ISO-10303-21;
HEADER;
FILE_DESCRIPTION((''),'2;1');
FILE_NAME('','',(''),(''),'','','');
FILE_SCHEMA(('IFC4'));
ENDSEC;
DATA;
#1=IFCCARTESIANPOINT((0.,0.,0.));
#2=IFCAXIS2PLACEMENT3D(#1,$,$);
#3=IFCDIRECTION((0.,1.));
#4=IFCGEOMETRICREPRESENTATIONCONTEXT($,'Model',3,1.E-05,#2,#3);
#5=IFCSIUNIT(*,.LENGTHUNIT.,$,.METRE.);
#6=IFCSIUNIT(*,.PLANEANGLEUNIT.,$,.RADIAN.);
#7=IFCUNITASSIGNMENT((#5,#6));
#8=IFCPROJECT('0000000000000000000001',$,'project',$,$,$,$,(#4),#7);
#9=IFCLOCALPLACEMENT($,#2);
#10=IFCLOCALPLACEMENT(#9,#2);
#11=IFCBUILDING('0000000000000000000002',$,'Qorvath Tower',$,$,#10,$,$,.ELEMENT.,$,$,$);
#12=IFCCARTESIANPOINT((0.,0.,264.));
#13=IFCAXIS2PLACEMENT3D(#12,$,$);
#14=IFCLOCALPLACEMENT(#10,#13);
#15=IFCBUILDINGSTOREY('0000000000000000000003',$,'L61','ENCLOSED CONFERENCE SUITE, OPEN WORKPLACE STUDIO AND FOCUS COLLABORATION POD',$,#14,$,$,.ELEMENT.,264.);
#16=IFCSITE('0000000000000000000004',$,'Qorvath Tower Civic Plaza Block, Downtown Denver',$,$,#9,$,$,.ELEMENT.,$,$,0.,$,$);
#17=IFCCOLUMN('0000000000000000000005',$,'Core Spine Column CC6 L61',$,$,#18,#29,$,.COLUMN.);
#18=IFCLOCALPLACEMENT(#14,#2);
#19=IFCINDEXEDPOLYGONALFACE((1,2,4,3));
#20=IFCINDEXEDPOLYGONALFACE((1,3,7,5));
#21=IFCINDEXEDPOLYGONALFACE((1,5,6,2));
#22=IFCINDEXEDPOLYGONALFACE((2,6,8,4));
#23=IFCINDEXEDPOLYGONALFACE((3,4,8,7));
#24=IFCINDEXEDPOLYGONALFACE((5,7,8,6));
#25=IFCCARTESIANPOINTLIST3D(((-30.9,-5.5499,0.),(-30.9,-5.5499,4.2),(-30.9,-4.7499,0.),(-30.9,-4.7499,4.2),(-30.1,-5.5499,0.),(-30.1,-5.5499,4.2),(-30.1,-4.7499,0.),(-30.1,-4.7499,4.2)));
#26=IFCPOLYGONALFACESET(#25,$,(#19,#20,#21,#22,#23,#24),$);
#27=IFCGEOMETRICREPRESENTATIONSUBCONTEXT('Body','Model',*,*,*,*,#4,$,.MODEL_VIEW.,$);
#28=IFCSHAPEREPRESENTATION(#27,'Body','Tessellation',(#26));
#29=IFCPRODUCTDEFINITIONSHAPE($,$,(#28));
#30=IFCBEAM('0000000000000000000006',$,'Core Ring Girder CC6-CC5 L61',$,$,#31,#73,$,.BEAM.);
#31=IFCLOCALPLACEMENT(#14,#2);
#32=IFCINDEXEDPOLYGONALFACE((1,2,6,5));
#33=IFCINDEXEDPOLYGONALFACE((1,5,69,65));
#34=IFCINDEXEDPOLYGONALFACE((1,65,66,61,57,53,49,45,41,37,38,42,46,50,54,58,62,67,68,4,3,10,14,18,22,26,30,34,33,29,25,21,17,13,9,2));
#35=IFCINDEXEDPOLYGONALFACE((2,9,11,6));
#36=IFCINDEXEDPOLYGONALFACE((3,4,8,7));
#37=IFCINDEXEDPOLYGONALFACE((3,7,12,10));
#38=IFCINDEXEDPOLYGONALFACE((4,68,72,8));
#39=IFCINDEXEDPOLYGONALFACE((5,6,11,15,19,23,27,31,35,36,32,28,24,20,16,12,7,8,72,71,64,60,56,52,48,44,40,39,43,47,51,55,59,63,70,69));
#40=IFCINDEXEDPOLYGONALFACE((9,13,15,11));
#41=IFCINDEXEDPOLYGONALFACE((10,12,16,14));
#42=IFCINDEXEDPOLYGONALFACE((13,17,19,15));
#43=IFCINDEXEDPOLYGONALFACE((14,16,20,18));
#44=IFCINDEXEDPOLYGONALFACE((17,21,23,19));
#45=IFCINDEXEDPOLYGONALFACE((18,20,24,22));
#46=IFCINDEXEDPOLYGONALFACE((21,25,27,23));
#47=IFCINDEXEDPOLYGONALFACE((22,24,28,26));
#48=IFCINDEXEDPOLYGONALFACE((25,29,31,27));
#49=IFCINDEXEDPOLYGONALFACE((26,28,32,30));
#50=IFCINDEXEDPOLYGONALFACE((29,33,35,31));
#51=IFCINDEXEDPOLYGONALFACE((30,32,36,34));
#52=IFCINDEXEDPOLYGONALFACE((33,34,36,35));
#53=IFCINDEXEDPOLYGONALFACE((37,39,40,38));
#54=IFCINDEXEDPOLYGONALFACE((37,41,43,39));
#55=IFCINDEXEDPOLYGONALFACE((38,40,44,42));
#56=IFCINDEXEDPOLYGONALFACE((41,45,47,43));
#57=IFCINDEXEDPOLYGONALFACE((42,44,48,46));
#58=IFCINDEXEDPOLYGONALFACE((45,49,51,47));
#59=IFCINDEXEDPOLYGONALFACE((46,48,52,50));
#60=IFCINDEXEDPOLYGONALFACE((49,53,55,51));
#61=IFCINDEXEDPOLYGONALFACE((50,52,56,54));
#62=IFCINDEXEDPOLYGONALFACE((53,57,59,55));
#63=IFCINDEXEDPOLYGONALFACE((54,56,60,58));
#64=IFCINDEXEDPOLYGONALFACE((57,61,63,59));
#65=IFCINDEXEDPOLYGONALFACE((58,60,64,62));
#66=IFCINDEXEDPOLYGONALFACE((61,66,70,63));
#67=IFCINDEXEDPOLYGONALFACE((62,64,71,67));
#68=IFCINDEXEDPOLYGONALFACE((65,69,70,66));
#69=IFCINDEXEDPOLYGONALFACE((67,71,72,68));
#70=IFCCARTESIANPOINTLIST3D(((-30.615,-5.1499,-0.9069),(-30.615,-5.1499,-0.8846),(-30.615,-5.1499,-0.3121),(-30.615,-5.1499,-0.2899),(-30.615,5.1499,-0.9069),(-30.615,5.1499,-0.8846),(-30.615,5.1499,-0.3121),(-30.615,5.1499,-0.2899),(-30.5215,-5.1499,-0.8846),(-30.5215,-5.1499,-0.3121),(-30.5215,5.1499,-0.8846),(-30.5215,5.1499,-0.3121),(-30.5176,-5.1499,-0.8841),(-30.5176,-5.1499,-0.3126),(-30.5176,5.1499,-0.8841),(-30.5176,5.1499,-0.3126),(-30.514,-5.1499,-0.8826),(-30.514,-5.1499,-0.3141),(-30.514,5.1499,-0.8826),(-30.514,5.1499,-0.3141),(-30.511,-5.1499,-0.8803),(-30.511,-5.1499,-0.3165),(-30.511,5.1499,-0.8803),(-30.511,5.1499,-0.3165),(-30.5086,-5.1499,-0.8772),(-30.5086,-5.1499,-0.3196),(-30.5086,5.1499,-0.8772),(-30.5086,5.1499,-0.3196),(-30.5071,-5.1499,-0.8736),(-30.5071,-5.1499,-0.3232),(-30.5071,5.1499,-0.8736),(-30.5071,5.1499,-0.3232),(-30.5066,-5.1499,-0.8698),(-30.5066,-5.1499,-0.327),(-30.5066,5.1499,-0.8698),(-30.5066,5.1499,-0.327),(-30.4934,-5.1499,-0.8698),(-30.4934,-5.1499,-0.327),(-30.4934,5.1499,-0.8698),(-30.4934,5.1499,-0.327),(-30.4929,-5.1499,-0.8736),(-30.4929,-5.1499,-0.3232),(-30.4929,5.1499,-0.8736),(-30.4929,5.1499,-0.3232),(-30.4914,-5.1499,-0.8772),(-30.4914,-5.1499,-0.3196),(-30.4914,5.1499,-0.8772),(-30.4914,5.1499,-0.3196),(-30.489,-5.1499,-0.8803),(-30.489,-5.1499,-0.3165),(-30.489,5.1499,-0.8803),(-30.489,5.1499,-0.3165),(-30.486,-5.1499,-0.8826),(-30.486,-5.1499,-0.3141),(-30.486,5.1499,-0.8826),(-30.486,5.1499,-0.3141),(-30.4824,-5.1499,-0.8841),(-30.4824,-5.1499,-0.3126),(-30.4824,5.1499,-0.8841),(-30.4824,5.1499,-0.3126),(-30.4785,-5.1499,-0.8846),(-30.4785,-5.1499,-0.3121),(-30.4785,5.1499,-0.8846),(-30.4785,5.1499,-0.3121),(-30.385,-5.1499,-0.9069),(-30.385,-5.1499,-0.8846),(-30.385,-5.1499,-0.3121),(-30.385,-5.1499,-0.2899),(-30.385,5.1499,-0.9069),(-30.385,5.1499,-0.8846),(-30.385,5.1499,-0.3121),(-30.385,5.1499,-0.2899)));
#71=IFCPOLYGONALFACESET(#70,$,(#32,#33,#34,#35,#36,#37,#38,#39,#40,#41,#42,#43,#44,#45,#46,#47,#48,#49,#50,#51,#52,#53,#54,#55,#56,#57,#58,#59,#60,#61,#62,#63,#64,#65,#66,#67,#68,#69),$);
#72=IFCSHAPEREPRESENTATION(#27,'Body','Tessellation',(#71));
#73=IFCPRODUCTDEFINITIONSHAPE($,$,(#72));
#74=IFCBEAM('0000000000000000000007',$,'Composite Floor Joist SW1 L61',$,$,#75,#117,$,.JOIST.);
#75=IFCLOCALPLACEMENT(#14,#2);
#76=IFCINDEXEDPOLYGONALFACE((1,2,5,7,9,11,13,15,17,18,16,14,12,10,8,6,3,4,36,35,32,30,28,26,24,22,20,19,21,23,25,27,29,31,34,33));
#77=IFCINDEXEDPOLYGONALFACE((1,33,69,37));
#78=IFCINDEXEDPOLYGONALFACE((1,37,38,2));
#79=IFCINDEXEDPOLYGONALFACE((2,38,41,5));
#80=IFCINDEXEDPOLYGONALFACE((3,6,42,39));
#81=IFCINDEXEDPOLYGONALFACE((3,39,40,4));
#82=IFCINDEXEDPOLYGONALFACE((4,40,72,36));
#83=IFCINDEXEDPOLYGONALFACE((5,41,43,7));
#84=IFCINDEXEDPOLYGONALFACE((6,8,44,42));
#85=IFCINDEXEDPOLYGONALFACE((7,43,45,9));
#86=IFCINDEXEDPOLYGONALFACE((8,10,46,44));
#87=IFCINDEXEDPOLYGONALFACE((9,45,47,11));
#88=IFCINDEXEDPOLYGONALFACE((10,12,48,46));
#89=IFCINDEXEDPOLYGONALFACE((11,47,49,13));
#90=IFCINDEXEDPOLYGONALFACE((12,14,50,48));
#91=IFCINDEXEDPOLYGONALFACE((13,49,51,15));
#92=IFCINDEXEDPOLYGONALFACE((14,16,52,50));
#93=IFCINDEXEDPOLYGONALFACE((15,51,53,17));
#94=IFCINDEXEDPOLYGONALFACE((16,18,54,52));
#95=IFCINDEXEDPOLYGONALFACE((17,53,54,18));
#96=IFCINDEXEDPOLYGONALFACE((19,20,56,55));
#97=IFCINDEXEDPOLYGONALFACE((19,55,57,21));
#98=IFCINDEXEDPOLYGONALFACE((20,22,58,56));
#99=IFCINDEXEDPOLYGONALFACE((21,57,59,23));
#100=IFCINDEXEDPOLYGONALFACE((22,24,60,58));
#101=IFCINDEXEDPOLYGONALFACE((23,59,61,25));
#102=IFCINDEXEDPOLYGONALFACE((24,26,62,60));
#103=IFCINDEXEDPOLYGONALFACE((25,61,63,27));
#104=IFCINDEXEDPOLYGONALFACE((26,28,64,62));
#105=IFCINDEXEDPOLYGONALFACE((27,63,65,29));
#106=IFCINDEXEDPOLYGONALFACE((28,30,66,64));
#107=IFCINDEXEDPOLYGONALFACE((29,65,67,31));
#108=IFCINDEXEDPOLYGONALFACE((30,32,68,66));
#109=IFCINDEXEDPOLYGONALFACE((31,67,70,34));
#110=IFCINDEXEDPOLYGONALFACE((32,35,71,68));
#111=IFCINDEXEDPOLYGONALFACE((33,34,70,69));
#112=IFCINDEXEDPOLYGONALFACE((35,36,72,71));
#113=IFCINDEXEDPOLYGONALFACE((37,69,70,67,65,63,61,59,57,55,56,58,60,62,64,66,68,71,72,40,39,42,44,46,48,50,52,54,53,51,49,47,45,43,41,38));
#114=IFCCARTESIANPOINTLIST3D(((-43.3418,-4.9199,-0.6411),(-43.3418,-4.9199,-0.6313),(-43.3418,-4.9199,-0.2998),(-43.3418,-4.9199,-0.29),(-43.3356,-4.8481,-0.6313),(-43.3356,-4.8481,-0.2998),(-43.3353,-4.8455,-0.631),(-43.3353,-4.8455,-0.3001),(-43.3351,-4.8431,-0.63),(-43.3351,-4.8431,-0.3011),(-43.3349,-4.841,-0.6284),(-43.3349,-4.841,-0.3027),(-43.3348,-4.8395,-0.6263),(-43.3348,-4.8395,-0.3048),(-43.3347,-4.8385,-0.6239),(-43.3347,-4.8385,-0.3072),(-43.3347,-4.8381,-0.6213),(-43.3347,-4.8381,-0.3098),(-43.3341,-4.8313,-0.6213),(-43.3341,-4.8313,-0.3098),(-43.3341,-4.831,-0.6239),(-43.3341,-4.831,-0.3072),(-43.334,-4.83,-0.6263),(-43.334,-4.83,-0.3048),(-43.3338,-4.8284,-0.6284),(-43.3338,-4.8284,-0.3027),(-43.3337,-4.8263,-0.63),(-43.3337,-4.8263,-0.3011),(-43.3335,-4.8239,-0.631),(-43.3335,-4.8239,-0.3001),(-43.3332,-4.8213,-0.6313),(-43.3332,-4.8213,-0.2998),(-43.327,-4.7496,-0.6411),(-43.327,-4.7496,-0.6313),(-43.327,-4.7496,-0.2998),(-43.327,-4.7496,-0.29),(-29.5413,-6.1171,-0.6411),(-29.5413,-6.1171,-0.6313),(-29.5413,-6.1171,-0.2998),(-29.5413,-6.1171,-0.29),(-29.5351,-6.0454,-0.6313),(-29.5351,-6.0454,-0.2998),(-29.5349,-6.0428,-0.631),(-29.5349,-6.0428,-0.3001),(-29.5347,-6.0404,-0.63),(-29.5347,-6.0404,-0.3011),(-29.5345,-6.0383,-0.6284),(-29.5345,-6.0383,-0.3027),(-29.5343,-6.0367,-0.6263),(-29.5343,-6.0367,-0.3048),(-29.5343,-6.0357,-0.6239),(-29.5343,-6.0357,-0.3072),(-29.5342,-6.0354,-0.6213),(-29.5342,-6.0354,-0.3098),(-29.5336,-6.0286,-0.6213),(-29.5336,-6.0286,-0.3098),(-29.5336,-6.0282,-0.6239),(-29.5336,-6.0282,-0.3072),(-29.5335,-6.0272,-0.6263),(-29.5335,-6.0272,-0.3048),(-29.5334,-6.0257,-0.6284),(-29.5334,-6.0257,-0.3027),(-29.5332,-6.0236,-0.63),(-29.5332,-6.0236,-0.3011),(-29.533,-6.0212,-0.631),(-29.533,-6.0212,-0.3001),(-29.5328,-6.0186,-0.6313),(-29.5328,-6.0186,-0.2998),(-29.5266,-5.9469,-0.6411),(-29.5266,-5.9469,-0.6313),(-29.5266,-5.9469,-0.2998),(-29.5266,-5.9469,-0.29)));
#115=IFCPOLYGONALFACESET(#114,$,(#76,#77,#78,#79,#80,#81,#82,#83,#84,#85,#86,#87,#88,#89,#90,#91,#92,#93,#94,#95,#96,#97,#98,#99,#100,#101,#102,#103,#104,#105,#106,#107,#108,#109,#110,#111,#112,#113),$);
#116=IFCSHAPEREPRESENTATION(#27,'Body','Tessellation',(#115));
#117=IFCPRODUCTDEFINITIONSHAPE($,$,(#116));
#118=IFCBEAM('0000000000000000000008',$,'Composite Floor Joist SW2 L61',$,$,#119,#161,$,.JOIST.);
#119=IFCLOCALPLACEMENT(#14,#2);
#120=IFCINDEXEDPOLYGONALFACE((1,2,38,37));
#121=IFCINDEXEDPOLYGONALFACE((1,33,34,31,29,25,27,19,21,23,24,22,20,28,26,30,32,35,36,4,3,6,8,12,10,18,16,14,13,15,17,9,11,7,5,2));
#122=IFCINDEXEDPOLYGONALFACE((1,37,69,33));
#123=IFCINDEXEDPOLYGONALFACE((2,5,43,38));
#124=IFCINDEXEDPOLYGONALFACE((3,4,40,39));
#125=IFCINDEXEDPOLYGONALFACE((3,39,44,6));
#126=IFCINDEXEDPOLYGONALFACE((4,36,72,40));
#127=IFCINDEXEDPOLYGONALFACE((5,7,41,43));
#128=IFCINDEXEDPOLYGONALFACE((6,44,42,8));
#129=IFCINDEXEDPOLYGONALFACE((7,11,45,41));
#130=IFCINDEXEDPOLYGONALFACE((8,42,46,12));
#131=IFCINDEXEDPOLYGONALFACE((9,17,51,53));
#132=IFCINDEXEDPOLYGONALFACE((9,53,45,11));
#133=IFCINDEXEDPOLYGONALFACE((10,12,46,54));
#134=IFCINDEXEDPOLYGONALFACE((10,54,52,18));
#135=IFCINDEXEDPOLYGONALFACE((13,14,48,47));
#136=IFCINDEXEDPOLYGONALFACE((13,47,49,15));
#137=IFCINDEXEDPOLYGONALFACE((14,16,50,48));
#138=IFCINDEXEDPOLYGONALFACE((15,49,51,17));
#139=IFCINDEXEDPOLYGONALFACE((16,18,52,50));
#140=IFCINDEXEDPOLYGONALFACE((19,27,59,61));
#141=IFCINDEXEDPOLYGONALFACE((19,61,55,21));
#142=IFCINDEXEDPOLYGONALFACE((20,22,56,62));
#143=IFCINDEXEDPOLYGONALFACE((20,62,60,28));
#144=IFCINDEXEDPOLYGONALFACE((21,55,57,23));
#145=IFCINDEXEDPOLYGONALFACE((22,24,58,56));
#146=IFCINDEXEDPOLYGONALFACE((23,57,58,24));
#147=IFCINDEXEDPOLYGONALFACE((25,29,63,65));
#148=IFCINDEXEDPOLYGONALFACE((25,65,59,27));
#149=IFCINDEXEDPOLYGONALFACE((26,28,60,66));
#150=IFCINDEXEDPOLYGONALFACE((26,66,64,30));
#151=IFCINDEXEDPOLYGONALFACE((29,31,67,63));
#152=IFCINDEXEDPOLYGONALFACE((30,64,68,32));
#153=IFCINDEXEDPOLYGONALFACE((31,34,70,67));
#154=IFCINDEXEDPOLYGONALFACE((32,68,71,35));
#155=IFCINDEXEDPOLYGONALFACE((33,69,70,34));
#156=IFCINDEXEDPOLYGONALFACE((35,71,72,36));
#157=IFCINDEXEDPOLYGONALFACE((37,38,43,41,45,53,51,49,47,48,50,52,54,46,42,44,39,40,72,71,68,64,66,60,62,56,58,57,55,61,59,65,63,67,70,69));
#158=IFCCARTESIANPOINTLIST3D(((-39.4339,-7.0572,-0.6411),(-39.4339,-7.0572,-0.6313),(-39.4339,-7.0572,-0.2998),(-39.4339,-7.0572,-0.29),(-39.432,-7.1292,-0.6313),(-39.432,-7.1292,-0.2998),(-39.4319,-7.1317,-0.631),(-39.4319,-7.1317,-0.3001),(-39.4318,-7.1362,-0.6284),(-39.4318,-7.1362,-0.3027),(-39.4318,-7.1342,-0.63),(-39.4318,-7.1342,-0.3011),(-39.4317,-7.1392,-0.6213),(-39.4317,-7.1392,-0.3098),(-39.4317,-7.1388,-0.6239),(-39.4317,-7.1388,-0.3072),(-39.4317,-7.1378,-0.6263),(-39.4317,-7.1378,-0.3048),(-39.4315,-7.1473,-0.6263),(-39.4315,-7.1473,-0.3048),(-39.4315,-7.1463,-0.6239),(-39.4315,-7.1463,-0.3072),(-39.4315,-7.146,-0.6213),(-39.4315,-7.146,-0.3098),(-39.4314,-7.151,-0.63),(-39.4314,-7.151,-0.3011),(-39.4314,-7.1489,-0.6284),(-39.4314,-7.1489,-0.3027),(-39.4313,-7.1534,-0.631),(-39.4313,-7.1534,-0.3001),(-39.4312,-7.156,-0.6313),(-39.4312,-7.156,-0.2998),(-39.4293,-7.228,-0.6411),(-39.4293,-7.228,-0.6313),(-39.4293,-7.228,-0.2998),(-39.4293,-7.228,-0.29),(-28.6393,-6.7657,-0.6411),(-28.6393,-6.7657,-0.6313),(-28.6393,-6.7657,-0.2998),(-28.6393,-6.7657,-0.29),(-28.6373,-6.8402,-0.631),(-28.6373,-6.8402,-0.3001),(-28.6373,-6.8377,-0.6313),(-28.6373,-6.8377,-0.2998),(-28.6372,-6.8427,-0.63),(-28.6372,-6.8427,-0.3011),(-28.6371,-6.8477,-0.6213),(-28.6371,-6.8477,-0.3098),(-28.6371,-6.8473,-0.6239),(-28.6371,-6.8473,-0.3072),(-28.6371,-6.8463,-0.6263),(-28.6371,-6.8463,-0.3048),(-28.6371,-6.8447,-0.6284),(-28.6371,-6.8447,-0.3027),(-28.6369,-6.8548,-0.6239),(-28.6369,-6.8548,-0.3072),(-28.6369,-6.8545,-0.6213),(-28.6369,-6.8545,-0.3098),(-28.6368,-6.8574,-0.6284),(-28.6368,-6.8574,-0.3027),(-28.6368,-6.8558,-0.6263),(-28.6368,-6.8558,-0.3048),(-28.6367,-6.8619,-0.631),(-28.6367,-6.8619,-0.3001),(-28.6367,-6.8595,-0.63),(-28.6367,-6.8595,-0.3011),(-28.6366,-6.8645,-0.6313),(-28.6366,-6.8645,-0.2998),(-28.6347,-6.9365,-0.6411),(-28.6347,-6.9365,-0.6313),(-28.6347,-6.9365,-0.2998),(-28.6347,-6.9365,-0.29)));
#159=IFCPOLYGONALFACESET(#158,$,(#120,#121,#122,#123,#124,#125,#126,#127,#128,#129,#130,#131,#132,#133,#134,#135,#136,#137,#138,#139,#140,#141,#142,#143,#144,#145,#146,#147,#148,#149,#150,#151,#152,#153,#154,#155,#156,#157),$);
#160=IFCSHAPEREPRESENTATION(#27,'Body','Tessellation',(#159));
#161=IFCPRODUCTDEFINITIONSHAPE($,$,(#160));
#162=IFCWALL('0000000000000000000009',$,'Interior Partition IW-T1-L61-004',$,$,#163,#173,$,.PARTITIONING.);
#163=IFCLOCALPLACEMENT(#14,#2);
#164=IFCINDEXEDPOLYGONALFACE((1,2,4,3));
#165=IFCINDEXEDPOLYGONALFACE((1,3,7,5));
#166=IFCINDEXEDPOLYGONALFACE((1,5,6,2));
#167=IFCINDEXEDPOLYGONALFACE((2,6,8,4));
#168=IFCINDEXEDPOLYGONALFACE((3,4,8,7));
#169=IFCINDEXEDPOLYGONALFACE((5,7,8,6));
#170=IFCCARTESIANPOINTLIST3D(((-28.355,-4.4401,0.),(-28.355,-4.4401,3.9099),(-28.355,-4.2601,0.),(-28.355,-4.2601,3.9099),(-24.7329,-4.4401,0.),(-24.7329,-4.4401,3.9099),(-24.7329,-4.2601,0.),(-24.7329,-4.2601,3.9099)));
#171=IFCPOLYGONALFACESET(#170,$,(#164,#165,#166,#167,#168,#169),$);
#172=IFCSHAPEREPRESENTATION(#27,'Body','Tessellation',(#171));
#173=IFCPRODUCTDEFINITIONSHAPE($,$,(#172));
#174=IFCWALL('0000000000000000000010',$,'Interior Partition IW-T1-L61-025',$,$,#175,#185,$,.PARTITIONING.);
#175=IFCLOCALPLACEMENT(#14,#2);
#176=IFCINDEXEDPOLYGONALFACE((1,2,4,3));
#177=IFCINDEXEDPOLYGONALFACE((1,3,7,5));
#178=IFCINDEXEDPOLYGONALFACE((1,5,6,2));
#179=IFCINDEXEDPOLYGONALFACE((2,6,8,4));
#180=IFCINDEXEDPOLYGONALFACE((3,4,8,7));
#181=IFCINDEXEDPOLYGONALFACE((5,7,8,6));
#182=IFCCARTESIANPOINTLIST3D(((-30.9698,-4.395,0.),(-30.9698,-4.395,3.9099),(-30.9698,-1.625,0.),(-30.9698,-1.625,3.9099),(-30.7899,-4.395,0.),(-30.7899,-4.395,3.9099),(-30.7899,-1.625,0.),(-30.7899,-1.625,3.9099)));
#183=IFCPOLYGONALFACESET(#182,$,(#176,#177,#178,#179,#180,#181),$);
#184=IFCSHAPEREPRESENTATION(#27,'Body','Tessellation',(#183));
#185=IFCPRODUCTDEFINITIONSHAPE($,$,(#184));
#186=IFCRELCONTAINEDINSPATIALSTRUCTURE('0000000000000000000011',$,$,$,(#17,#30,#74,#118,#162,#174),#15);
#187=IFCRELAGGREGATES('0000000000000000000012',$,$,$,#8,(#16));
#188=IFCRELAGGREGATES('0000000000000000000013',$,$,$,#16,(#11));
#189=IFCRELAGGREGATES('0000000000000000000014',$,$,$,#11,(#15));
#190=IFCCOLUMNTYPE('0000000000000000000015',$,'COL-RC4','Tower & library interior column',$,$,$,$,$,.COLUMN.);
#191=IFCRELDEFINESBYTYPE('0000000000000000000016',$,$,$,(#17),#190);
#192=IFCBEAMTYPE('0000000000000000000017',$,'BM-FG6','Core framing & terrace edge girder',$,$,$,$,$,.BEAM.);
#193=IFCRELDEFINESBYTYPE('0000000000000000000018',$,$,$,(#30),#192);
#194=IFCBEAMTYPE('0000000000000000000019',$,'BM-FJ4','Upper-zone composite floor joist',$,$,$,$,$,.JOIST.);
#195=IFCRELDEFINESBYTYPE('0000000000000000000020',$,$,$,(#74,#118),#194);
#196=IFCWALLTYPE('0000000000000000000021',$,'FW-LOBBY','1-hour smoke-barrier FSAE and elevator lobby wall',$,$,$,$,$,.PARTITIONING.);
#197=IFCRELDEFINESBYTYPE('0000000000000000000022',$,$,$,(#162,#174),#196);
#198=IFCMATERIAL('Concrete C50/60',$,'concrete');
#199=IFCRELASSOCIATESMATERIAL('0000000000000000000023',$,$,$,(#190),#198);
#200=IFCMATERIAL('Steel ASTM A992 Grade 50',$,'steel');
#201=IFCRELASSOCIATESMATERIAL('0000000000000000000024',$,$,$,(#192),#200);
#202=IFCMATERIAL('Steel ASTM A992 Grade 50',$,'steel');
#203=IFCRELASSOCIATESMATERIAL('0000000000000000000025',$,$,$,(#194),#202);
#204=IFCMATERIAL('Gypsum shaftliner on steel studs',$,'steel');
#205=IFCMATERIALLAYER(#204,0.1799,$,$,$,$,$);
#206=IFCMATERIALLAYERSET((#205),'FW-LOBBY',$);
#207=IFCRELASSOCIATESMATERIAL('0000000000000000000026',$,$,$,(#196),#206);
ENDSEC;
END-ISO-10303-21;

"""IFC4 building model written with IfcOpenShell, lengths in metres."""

from ifc_helpers import new_model, si_unit, direction, frame, frame_2d, origin, origin_2d, place, context, subcontext, project, spatial, rectangle, i_section, extrude, material, layer, layer_set, material_profile, profile_set, type_object, element, save


model = new_model("IFC4")

# Units and contexts
model_context = context("Model", 3, precision=1e-05, world=origin(), true_north=direction((0.0, 1.0)))
body_context = subcontext(model_context, "Body", "Model", "MODEL_VIEW")
ifc_project = project(units=[si_unit("LENGTHUNIT", "METRE"), si_unit("PLANEANGLEUNIT", "RADIAN")], contexts=[model_context])

# Site, building, storey
site_placement = place(None, origin())
site = spatial("IfcSite", under=ifc_project, at=site_placement, Name="Qorvath Tower Civic Plaza Block, Downtown Denver", CompositionType="ELEMENT", RefElevation=0.0)
building_placement = place(site_placement, origin())
building = spatial("IfcBuilding", under=site, at=building_placement, Name="Qorvath Tower", CompositionType="ELEMENT")
storey_placement = place(building_placement, frame((0.0, 0.0, 264.0)))
storey = spatial("IfcBuildingStorey", under=building, at=storey_placement, Name="L61", Description="ENCLOSED CONFERENCE SUITE, OPEN WORKPLACE STUDIO AND FOCUS COLLABORATION POD", CompositionType="ELEMENT", Elevation=264.0)

# Column
ifc_material_1 = material(Name="Concrete C50/60", Category="concrete")
ifc_material_profile_1 = material_profile(ifc_material_1, rectangle(XDim=0.8, YDim=0.8, at=origin_2d()), Name="RC 800x800")
ifc_profile_set_1 = profile_set([ifc_material_profile_1], Name="Concrete C50/60")
column_type = type_object("IfcColumnType", Name="COL-RC4", Description="Tower & library interior column", PredefinedType="COLUMN", material=ifc_profile_set_1)
column_placement = place(storey_placement, frame((-30.5, -5.1499, 0.0), z_axis=(0.0, 0.0, 1.0), x_axis=(1.0, 0.0, 0.0)))
element("IfcColumn", 1, at=column_placement, inside=storey, type_object=column_type, Name="Core Spine Column CC6 L61", PredefinedType="COLUMN", context=body_context, shape_type="SweptSolid", body=[
    extrude(rectangle(XDim=0.8, YDim=0.8, at=origin_2d()), origin(), (0.0, 0.0, 1.0), 4.2),
])

# Beams
ifc_material_2 = material(Name="Steel ASTM A992 Grade 50", Category="steel")
ifc_material_profile_2 = material_profile(ifc_material_2, i_section(OverallWidth=0.23, OverallDepth=0.6169, WebThickness=0.0132, FlangeThickness=0.0222, FilletRadius=0.0149, at=origin_2d()), Name="W24x94")
ifc_profile_set_2 = profile_set([ifc_material_profile_2], Name="Steel ASTM A992 Grade 50")
beam_type_1 = type_object("IfcBeamType", Name="BM-FG6", Description="Core framing & terrace edge girder", PredefinedType="BEAM", material=ifc_profile_set_2)
beam_1_placement = place(storey_placement, frame((-30.5, -5.1499, -0.5984), z_axis=(0.0, 1.0, 0.0), x_axis=(-1.0, 0.0, 0.0)))
element("IfcBeam", 2, at=beam_1_placement, inside=storey, type_object=beam_type_1, Name="Core Ring Girder CC6-CC5 L61", PredefinedType="BEAM", context=body_context, shape_type="SweptSolid", body=[
    extrude(i_section(OverallWidth=0.23, OverallDepth=0.6169, WebThickness=0.0132, FlangeThickness=0.0222, FilletRadius=0.0149, at=origin_2d()), origin(), (0.0, 0.0, 1.0), 10.2998),
])
ifc_material_3 = material(Name="Steel ASTM A992 Grade 50", Category="steel")
ifc_material_profile_3 = material_profile(ifc_material_3, i_section(OverallWidth=0.1709, OverallDepth=0.3511, WebThickness=0.0068, FlangeThickness=0.0098, FilletRadius=0.01, at=origin_2d()), Name="W14x30")
ifc_profile_set_3 = profile_set([ifc_material_profile_3], Name="Steel ASTM A992 Grade 50")
beam_type_2 = type_object("IfcBeamType", Name="BM-FJ4", Description="Upper-zone composite floor joist", PredefinedType="JOIST", material=ifc_profile_set_3)
beam_2_placement = place(storey_placement, frame((-29.5339, -6.032, -0.4656), z_axis=(-0.996258, 0.08643, 0.0), x_axis=(-0.08643, -0.996258, 0.0)))
element("IfcBeam", 3, at=beam_2_placement, inside=storey, type_object=beam_type_2, Name="Composite Floor Joist SW1 L61", PredefinedType="JOIST", context=body_context, shape_type="SweptSolid", body=[
    extrude(i_section(OverallWidth=0.1709, OverallDepth=0.3511, WebThickness=0.0068, FlangeThickness=0.0098, FilletRadius=0.01, at=origin_2d()), origin(), (0.0, 0.0, 1.0), 13.8523),
])
beam_3_placement = place(storey_placement, frame((-28.637, -6.8511, -0.4656), z_axis=(-0.999636, -0.026995, 0.0), x_axis=(0.026995, -0.999636, 0.0)))
element("IfcBeam", 4, at=beam_3_placement, inside=storey, type_object=beam_type_2, Name="Composite Floor Joist SW2 L61", PredefinedType="JOIST", context=body_context, shape_type="SweptSolid", body=[
    extrude(i_section(OverallWidth=0.1709, OverallDepth=0.3511, WebThickness=0.0068, FlangeThickness=0.0098, FilletRadius=0.01, at=origin_2d()), origin(), (0.0, 0.0, 1.0), 10.7986),
])

# Walls
ifc_material_4 = material(Name="Gypsum shaftliner on steel studs", Category="steel")
ifc_layer_1 = layer(ifc_material_4, 0.1799)
ifc_layer_set_1 = layer_set([ifc_layer_1], Name="FW-LOBBY")
wall_type_1 = type_object("IfcWallType", Name="FW-LOBBY", Description="1-hour smoke-barrier FSAE and elevator lobby wall", PredefinedType="PARTITIONING", material=ifc_layer_set_1)
wall_1_placement = place(storey_placement, frame((-24.7329, -4.3501, 0.0), z_axis=(0.0, 0.0, 1.0), x_axis=(-1.0, 0.0, 0.0)))
element("IfcWall", 5, at=wall_1_placement, inside=storey, type_object=wall_type_1, Name="Interior Partition IW-T1-L61-004", PredefinedType="PARTITIONING", context=body_context, shape_type="SweptSolid", body=[
    extrude(rectangle(XDim=3.6221, YDim=0.1799, at=frame_2d((1.811, 0.0))), origin(), (0.0, 0.0, 1.0), 3.9099),
])
wall_2_placement = place(storey_placement, frame((-30.8799, -4.395, 0.0), z_axis=(0.0, 0.0, 1.0), x_axis=(0.0, 1.0, 0.0)))
element("IfcWall", 6, at=wall_2_placement, inside=storey, type_object=wall_type_1, Name="Interior Partition IW-T1-L61-025", PredefinedType="PARTITIONING", context=body_context, shape_type="SweptSolid", body=[
    extrude(rectangle(XDim=2.77, YDim=0.1799, at=frame_2d((1.385, 0.0))), origin(), (0.0, 0.0, 1.0), 3.9099),
])

save(model, "model.ifc")
